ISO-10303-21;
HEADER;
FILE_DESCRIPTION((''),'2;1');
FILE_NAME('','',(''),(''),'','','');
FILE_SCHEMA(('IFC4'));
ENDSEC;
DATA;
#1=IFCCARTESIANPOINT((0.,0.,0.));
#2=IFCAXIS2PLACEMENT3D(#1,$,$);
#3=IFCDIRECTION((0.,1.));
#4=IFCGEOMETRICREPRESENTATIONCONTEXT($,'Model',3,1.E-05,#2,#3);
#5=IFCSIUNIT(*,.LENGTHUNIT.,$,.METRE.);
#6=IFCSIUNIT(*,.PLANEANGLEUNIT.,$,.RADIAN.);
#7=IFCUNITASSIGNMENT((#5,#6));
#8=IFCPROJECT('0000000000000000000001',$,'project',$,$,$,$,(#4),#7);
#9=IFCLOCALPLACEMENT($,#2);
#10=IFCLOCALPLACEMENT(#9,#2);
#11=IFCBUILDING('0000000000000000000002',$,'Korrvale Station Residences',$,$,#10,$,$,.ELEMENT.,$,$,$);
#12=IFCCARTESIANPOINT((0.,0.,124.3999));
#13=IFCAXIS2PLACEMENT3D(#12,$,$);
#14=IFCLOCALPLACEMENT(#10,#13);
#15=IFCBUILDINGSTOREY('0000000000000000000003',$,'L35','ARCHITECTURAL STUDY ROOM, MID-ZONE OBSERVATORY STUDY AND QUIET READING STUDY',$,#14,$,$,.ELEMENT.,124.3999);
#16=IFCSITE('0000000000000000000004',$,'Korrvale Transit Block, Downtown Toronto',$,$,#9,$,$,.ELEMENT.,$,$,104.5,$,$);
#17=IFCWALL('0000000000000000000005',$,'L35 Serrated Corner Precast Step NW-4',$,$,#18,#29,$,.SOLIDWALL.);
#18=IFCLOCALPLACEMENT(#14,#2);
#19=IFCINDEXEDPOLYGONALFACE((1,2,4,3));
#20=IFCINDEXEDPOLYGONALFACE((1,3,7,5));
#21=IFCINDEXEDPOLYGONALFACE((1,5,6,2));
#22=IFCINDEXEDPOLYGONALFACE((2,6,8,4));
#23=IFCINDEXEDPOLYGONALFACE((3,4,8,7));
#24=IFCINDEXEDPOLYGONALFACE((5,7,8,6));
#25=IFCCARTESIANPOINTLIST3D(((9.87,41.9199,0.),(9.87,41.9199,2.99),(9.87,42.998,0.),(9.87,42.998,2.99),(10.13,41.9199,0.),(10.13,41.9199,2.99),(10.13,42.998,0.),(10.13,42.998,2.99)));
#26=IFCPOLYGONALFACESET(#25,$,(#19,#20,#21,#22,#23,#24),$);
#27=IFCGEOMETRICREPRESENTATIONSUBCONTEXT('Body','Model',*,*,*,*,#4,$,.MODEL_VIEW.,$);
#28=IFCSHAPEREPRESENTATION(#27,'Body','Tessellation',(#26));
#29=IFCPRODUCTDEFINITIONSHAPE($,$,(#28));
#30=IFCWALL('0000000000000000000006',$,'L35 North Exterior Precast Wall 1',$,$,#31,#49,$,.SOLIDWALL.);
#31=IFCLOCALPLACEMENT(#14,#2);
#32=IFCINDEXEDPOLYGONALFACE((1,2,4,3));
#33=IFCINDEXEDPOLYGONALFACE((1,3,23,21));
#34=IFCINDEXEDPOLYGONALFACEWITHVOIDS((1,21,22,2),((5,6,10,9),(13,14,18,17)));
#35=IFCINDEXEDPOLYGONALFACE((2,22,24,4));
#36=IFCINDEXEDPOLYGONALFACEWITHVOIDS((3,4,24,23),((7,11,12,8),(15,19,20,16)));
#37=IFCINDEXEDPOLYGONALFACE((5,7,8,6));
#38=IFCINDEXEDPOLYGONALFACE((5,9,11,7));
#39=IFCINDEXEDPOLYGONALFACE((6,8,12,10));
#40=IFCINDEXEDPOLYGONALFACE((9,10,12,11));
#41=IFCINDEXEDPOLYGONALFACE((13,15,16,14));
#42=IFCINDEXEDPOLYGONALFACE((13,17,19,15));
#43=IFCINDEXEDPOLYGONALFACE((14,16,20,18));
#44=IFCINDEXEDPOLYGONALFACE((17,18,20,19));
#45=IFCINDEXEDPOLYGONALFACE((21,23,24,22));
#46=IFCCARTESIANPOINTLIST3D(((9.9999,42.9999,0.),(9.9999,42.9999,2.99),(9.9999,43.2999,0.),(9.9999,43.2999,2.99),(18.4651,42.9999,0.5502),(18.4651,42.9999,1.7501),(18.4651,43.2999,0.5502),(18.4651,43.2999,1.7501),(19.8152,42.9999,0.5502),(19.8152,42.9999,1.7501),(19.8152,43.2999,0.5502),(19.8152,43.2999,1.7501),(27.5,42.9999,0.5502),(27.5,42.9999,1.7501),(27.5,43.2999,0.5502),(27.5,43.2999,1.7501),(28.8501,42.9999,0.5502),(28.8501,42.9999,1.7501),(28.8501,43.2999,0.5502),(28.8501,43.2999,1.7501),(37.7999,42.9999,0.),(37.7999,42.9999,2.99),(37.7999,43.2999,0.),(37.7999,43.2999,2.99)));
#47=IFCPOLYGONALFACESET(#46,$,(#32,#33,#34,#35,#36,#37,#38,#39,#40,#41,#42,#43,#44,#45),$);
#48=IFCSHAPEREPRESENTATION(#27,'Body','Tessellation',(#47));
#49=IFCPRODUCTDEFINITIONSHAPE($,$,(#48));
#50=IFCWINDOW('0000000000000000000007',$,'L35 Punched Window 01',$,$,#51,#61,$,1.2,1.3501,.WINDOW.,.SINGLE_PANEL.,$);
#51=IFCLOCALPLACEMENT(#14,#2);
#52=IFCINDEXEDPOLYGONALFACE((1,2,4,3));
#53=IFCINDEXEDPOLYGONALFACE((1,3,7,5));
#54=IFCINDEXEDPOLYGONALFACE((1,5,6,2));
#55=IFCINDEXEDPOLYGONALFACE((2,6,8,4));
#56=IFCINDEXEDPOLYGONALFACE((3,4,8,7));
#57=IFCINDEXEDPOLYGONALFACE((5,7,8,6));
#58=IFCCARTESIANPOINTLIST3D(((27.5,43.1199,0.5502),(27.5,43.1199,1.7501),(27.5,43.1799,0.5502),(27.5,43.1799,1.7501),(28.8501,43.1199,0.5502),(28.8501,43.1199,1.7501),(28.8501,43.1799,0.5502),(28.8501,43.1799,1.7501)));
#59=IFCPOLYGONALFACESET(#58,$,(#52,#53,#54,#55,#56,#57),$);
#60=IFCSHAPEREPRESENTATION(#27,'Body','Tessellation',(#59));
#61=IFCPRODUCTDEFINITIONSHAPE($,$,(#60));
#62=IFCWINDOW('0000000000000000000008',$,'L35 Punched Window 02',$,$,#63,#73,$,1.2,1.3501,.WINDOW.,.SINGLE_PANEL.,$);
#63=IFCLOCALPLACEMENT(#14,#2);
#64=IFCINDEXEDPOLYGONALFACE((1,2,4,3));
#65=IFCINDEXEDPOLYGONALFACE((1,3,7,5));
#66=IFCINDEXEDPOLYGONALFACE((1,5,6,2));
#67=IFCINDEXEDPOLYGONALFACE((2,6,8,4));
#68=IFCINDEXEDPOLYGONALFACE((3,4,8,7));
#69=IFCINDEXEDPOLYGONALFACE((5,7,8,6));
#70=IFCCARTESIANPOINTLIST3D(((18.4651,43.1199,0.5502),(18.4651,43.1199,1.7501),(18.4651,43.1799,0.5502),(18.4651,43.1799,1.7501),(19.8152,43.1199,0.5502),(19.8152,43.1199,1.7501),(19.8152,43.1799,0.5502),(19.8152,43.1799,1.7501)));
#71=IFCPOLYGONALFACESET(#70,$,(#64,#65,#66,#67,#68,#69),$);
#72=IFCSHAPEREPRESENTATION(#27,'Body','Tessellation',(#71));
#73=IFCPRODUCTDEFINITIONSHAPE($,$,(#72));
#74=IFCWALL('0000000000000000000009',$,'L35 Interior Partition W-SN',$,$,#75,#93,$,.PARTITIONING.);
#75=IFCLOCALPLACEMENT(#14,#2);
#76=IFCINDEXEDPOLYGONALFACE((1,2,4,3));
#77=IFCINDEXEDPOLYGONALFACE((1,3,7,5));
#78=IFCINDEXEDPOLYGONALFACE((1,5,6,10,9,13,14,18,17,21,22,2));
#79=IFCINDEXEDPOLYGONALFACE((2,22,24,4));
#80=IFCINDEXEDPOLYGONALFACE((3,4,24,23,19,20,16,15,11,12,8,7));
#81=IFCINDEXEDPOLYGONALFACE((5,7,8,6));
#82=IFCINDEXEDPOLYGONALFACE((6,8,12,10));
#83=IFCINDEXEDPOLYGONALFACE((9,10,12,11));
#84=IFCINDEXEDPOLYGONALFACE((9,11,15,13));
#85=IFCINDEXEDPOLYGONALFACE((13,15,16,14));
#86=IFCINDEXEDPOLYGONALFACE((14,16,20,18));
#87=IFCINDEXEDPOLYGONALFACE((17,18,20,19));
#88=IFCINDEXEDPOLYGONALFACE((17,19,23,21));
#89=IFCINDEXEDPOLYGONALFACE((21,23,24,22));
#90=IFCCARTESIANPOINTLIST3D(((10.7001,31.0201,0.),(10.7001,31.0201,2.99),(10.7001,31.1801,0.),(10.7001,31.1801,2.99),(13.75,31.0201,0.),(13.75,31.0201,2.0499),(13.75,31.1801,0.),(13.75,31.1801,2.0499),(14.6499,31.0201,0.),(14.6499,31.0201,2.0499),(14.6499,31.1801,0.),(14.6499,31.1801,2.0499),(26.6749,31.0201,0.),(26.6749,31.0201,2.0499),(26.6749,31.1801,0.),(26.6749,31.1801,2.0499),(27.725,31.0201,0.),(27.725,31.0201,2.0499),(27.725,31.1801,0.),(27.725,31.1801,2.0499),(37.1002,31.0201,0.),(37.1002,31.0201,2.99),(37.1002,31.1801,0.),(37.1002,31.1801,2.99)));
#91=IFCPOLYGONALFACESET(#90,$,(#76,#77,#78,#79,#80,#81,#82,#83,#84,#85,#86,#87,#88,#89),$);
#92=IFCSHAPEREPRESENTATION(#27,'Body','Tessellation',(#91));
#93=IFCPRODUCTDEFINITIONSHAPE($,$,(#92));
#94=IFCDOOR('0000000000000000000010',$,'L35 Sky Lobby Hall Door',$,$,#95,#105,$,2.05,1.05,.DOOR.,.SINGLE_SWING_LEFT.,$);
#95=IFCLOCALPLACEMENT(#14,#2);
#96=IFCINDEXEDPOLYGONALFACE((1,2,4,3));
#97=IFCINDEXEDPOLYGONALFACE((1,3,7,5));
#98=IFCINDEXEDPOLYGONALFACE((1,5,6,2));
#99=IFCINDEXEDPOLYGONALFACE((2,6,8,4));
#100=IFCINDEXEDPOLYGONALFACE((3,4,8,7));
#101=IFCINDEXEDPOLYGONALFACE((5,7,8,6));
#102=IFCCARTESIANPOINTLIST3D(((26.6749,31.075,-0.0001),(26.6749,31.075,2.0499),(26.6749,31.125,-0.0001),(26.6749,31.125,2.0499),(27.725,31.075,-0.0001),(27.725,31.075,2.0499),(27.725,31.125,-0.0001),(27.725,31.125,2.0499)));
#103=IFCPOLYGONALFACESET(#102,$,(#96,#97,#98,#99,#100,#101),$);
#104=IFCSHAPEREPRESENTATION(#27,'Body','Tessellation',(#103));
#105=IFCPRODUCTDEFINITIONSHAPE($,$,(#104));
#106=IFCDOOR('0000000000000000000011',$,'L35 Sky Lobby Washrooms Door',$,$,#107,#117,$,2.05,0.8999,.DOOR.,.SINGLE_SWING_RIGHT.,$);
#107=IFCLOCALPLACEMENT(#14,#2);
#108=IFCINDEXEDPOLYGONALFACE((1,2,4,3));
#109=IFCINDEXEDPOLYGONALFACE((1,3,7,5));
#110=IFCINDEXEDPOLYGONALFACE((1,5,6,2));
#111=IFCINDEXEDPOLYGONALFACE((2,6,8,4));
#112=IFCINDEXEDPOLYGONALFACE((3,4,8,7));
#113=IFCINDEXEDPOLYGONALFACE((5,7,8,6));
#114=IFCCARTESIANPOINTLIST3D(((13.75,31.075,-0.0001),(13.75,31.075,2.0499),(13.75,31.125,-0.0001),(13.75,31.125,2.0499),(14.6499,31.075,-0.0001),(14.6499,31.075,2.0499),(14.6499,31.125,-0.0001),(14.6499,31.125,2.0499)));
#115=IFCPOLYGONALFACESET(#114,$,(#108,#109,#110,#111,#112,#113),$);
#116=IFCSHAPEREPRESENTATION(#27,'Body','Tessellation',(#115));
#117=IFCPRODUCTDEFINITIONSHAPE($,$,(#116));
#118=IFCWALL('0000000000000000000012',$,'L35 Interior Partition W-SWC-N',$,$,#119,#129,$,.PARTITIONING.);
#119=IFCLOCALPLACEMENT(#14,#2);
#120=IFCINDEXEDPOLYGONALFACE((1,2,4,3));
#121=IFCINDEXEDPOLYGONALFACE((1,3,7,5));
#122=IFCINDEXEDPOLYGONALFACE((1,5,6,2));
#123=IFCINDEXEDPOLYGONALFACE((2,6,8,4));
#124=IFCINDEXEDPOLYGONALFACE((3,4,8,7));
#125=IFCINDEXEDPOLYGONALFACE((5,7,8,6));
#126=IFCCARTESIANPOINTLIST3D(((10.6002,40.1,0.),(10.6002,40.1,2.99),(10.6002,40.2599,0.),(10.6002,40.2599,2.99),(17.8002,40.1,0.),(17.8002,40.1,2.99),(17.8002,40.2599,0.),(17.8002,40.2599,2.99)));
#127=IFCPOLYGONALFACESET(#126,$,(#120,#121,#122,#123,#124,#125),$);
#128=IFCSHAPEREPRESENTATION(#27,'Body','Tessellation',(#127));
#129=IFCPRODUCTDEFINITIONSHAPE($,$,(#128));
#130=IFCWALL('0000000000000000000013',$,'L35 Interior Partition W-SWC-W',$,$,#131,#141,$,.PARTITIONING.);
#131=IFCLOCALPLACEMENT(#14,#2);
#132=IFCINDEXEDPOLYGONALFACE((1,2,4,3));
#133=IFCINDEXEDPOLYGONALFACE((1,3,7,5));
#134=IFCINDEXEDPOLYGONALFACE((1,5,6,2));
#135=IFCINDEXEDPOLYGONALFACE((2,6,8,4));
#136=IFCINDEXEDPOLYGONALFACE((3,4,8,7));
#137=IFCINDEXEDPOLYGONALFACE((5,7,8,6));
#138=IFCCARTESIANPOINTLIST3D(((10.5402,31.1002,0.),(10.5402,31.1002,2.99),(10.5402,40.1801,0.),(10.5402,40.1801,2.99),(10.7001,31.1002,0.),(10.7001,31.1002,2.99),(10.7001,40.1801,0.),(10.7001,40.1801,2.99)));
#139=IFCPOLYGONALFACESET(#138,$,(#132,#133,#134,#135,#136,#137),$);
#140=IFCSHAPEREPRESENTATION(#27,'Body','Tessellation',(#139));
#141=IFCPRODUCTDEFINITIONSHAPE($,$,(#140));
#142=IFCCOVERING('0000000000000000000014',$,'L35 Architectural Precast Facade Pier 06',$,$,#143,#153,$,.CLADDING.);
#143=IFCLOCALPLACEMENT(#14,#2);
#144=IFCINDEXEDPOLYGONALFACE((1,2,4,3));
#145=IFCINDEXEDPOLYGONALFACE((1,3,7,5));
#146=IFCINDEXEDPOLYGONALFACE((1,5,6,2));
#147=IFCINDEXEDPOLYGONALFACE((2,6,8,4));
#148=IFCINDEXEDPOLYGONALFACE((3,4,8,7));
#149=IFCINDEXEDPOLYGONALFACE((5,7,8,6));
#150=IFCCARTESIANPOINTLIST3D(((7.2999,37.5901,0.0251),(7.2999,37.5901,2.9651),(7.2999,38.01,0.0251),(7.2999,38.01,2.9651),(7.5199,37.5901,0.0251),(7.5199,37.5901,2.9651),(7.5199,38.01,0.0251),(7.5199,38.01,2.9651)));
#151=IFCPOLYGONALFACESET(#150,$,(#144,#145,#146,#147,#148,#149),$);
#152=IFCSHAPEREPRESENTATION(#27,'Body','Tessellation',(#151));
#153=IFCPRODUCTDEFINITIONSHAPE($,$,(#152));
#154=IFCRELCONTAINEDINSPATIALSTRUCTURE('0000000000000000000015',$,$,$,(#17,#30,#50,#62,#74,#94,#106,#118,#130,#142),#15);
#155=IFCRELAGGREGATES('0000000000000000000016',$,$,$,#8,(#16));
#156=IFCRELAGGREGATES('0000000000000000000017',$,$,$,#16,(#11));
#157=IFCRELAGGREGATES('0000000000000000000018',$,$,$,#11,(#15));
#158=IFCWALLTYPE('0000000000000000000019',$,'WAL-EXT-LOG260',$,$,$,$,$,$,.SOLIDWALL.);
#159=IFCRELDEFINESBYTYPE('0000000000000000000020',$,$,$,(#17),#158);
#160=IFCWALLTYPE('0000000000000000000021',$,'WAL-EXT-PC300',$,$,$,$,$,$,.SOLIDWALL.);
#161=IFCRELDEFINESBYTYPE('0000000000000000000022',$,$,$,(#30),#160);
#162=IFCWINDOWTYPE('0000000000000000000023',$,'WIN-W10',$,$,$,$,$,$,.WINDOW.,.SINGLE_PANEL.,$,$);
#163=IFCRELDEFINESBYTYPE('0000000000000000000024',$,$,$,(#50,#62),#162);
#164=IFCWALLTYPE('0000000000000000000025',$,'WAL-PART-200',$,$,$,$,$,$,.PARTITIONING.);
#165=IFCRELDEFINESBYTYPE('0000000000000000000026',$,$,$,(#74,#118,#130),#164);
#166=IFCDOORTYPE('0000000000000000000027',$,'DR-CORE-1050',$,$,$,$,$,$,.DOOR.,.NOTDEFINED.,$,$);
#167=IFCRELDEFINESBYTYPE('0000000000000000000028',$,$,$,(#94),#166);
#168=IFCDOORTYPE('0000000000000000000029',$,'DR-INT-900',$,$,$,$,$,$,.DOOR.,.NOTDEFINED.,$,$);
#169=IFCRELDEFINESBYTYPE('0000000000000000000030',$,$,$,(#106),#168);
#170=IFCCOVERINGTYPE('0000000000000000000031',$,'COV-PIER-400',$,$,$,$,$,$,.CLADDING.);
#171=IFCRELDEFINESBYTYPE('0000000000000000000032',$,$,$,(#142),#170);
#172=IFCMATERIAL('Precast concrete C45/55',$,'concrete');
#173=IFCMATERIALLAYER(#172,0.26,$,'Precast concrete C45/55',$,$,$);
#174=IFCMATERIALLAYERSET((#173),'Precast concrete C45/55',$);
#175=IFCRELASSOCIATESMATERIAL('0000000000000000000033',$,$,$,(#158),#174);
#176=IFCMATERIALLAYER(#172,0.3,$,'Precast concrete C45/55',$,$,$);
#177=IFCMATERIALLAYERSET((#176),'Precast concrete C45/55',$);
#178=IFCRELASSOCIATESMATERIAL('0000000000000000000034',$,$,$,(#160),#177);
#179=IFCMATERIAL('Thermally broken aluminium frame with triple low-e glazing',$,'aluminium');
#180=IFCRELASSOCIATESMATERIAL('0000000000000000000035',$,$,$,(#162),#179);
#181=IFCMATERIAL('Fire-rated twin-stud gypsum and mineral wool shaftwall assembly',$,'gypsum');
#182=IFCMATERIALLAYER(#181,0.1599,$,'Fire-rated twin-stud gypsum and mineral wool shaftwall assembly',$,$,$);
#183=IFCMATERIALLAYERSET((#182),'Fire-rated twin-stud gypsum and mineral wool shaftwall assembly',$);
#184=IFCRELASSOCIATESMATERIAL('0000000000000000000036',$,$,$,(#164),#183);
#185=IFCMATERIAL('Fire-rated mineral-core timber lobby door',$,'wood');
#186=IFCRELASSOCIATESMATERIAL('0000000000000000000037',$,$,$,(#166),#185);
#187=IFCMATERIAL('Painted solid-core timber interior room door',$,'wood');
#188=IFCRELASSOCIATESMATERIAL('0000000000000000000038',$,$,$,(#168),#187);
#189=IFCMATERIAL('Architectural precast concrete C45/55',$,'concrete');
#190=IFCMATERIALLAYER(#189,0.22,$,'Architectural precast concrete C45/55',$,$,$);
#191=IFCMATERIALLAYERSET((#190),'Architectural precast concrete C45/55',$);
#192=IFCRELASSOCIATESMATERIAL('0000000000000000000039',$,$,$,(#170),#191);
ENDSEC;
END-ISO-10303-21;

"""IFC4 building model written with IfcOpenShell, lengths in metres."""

from ifc_helpers import new_model, si_unit, direction, frame, frame_2d, origin, origin_2d, place, context, subcontext, project, spatial, rectangle, extrude, material, layer, layer_set, type_object, element, fill, save


model = new_model("IFC4")

# Units and contexts
model_context = context("Model", 3, precision=1e-05, world=origin(), true_north=direction((0.0, 1.0)))
body_context = subcontext(model_context, "Body", "Model", "MODEL_VIEW")
ifc_project = project(units=[si_unit("LENGTHUNIT", "METRE"), si_unit("PLANEANGLEUNIT", "RADIAN")], contexts=[model_context])

# Site, building, storey
site_placement = place(None, origin())
site = spatial("IfcSite", under=ifc_project, at=site_placement, Name="Korrvale Transit Block, Downtown Toronto", CompositionType="ELEMENT", RefElevation=104.5)
building_placement = place(site_placement, origin())
building = spatial("IfcBuilding", under=site, at=building_placement, Name="Korrvale Station Residences", CompositionType="ELEMENT")
storey_placement = place(building_placement, frame((0.0, 0.0, 124.3999)))
storey = spatial("IfcBuildingStorey", under=building, at=storey_placement, Name="L35", Description="ARCHITECTURAL STUDY ROOM, MID-ZONE OBSERVATORY STUDY AND QUIET READING STUDY", CompositionType="ELEMENT", Elevation=124.3999)

# Wall
ifc_material_1 = material(Name="Precast concrete C45/55", Category="concrete")
ifc_layer_1 = layer(ifc_material_1, 0.26, Name="Precast concrete C45/55")
ifc_layer_set_1 = layer_set([ifc_layer_1], Name="Precast concrete C45/55")
wall_type_1 = type_object("IfcWallType", Name="WAL-EXT-LOG260", PredefinedType="SOLIDWALL", material=ifc_layer_set_1)
wall_1_placement = place(storey_placement, frame((10.0, 41.9199, 0.0), z_axis=(0.0, 0.0, 1.0), x_axis=(0.0, 1.0, 0.0)))
element("IfcWall", 1, at=wall_1_placement, inside=storey, type_object=wall_type_1, Name="L35 Serrated Corner Precast Step NW-4", PredefinedType="SOLIDWALL", context=body_context, shape_type="SweptSolid", body=[
    extrude(rectangle(XDim=1.0781, YDim=0.26, at=frame_2d((0.5391, 0.0))), origin(), (0.0, 0.0, 1.0), 2.99),
])

# Wall, openings, windows
ifc_layer_2 = layer(ifc_material_1, 0.3, Name="Precast concrete C45/55")
ifc_layer_set_2 = layer_set([ifc_layer_2], Name="Precast concrete C45/55")
wall_type_2 = type_object("IfcWallType", Name="WAL-EXT-PC300", PredefinedType="SOLIDWALL", material=ifc_layer_set_2)
wall_2_placement = place(storey_placement, frame((10.0, 43.1499, 0.0), z_axis=(0.0, 0.0, 1.0), x_axis=(1.0, 0.0, 0.0)))
wall_2 = element("IfcWall", 2, at=wall_2_placement, inside=storey, type_object=wall_type_2, Name="L35 North Exterior Precast Wall 1", PredefinedType="SOLIDWALL", context=body_context, shape_type="SweptSolid", body=[
    extrude(rectangle(XDim=27.8, YDim=0.3, at=frame_2d((13.8999, 0.0))), origin(), (0.0, 0.0, 1.0), 2.99),
])
opening_1_placement = place(wall_2_placement, frame((17.5, 0.0, 0.55)))
opening_1 = element("IfcOpeningElement", 3, at=opening_1_placement, cuts=wall_2, PredefinedType="OPENING", context=body_context, shape_type="SweptSolid", body=[
    extrude(rectangle(XDim=1.3501, YDim=1.2, at=frame_2d((0.675, 0.6001))), frame((0.0, 0.1602, 0.0), z_axis=(0.0, -1.0, 0.0), x_axis=(1.0, 0.0, 0.0)), (0.0, 0.0, 1.0), 0.3201),
])
opening_2_placement = place(wall_2_placement, frame((8.4651, 0.0, 0.55)))
opening_2 = element("IfcOpeningElement", 4, at=opening_2_placement, cuts=wall_2, PredefinedType="OPENING", context=body_context, shape_type="SweptSolid", body=[
    extrude(rectangle(XDim=1.3501, YDim=1.2, at=frame_2d((0.675, 0.6001))), frame((0.0, 0.1602, 0.0), z_axis=(0.0, -1.0, 0.0), x_axis=(1.0, 0.0, 0.0)), (0.0, 0.0, 1.0), 0.3201),
])
ifc_material_2 = material(Name="Thermally broken aluminium frame with triple low-e glazing", Category="aluminium")
window_type = type_object("IfcWindowType", Name="WIN-W10", PartitioningType="SINGLE_PANEL", PredefinedType="WINDOW", material=ifc_material_2)
window_1_placement = place(opening_1_placement, origin())
window_1 = element("IfcWindow", 5, at=window_1_placement, inside=storey, type_object=window_type, Name="L35 Punched Window 01", OverallHeight=1.2, OverallWidth=1.3501, PartitioningType="SINGLE_PANEL", PredefinedType="WINDOW", context=body_context, shape_type="SweptSolid", body=[
    extrude(rectangle(XDim=1.3501, YDim=1.2, at=frame_2d((0.675, 0.6001))), frame((0.0, 0.03, 0.0), z_axis=(0.0, -1.0, 0.0), x_axis=(1.0, 0.0, 0.0)), (0.0, 0.0, 1.0), 0.0601),
])
fill(opening_1, window_1)
window_2_placement = place(opening_2_placement, origin())
window_2 = element("IfcWindow", 6, at=window_2_placement, inside=storey, type_object=window_type, Name="L35 Punched Window 02", OverallHeight=1.2, OverallWidth=1.3501, PartitioningType="SINGLE_PANEL", PredefinedType="WINDOW", context=body_context, shape_type="SweptSolid", body=[
    extrude(rectangle(XDim=1.3501, YDim=1.2, at=frame_2d((0.675, 0.6001))), frame((0.0, 0.03, 0.0), z_axis=(0.0, -1.0, 0.0), x_axis=(1.0, 0.0, 0.0)), (0.0, 0.0, 1.0), 0.0601),
])
fill(opening_2, window_2)

# Wall, openings, doors
ifc_material_3 = material(Name="Fire-rated twin-stud gypsum and mineral wool shaftwall assembly", Category="gypsum")
ifc_layer_3 = layer(ifc_material_3, 0.1599, Name="Fire-rated twin-stud gypsum and mineral wool shaftwall assembly")
ifc_layer_set_3 = layer_set([ifc_layer_3], Name="Fire-rated twin-stud gypsum and mineral wool shaftwall assembly")
wall_type_3 = type_object("IfcWallType", Name="WAL-PART-200", PredefinedType="PARTITIONING", material=ifc_layer_set_3)
wall_3_placement = place(storey_placement, frame((10.7, 31.1001, 0.0), z_axis=(0.0, 0.0, 1.0), x_axis=(1.0, 0.0, 0.0)))
wall_3 = element("IfcWall", 7, at=wall_3_placement, inside=storey, type_object=wall_type_3, Name="L35 Interior Partition W-SN", PredefinedType="PARTITIONING", context=body_context, shape_type="SweptSolid", body=[
    extrude(rectangle(XDim=26.4001, YDim=0.1599, at=frame_2d((13.2002, 0.0))), origin(), (0.0, 0.0, 1.0), 2.99),
])
opening_3_placement = place(wall_3_placement, frame((3.05, 0.0, 0.0)))
opening_3 = element("IfcOpeningElement", 8, at=opening_3_placement, cuts=wall_3, PredefinedType="OPENING", context=body_context, shape_type="SweptSolid", body=[
    extrude(rectangle(XDim=0.8999, YDim=2.05, at=frame_2d((0.45, 1.0249))), frame((0.0, 0.0898, 0.0), z_axis=(0.0, -1.0, 0.0), x_axis=(1.0, 0.0, 0.0)), (0.0, 0.0, 1.0), 0.1799),
])
opening_4_placement = place(wall_3_placement, frame((15.9751, 0.0, 0.0)))
opening_4 = element("IfcOpeningElement", 9, at=opening_4_placement, cuts=wall_3, PredefinedType="OPENING", context=body_context, shape_type="SweptSolid", body=[
    extrude(rectangle(XDim=1.05, YDim=2.05, at=frame_2d((0.5249, 1.0249))), frame((0.0, 0.0898, 0.0), z_axis=(0.0, -1.0, 0.0), x_axis=(1.0, 0.0, 0.0)), (0.0, 0.0, 1.0), 0.1799),
])
ifc_material_4 = material(Name="Fire-rated mineral-core timber lobby door", Category="wood")
door_type_1 = type_object("IfcDoorType", Name="DR-CORE-1050", OperationType="NOTDEFINED", PredefinedType="DOOR", material=ifc_material_4)
door_1_placement = place(opening_4_placement, origin())
door_1 = element("IfcDoor", 10, at=door_1_placement, inside=storey, type_object=door_type_1, Name="L35 Sky Lobby Hall Door", OperationType="SINGLE_SWING_LEFT", OverallHeight=2.05, OverallWidth=1.05, PredefinedType="DOOR", context=body_context, shape_type="SweptSolid", body=[
    extrude(rectangle(XDim=1.05, YDim=2.05, at=frame_2d((0.5249, 1.0249))), frame((0.0, 0.0249, 0.0), z_axis=(0.0, -1.0, 0.0), x_axis=(1.0, 0.0, 0.0)), (0.0, 0.0, 1.0), 0.05),
])
fill(opening_4, door_1)
ifc_material_5 = material(Name="Painted solid-core timber interior room door", Category="wood")
door_type_2 = type_object("IfcDoorType", Name="DR-INT-900", OperationType="NOTDEFINED", PredefinedType="DOOR", material=ifc_material_5)
door_2_placement = place(opening_3_placement, origin())
door_2 = element("IfcDoor", 11, at=door_2_placement, inside=storey, type_object=door_type_2, Name="L35 Sky Lobby Washrooms Door", OperationType="SINGLE_SWING_RIGHT", OverallHeight=2.05, OverallWidth=0.8999, PredefinedType="DOOR", context=body_context, shape_type="SweptSolid", body=[
    extrude(rectangle(XDim=0.8999, YDim=2.05, at=frame_2d((0.45, 1.0249))), frame((0.0, 0.0249, 0.0), z_axis=(0.0, -1.0, 0.0), x_axis=(1.0, 0.0, 0.0)), (0.0, 0.0, 1.0), 0.05),
])
fill(opening_3, door_2)

# Walls
wall_4_placement = place(storey_placement, frame((10.6001, 40.1799, 0.0), z_axis=(0.0, 0.0, 1.0), x_axis=(1.0, 0.0, 0.0)))
element("IfcWall", 12, at=wall_4_placement, inside=storey, type_object=wall_type_3, Name="L35 Interior Partition W-SWC-N", PredefinedType="PARTITIONING", context=body_context, shape_type="SweptSolid", body=[
    extrude(rectangle(XDim=7.2, YDim=0.1599, at=frame_2d((3.6001, 0.0))), origin(), (0.0, 0.0, 1.0), 2.99),
])
wall_5_placement = place(storey_placement, frame((10.6201, 31.1001, 0.0), z_axis=(0.0, 0.0, 1.0), x_axis=(0.0, 1.0, 0.0)))
element("IfcWall", 13, at=wall_5_placement, inside=storey, type_object=wall_type_3, Name="L35 Interior Partition W-SWC-W", PredefinedType="PARTITIONING", context=body_context, shape_type="SweptSolid", body=[
    extrude(rectangle(XDim=9.0798, YDim=0.1599, at=frame_2d((4.54, 0.0))), origin(), (0.0, 0.0, 1.0), 2.99),
])

# Covering
ifc_material_6 = material(Name="Architectural precast concrete C45/55", Category="concrete")
ifc_layer_4 = layer(ifc_material_6, 0.22, Name="Architectural precast concrete C45/55")
ifc_layer_set_4 = layer_set([ifc_layer_4], Name="Architectural precast concrete C45/55")
covering_type = type_object("IfcCoveringType", Name="COV-PIER-400", PredefinedType="CLADDING", material=ifc_layer_set_4)
covering_placement = place(storey_placement, frame((7.4099, 37.8, 0.0251), z_axis=(0.0, 0.0, 1.0), x_axis=(0.0, 1.0, 0.0)))
element("IfcCovering", 14, at=covering_placement, inside=storey, type_object=covering_type, Name="L35 Architectural Precast Facade Pier 06", PredefinedType="CLADDING", context=body_context, shape_type="SweptSolid", body=[
    extrude(rectangle(XDim=0.4199, YDim=0.22, at=origin_2d()), origin(), (0.0, 0.0, 1.0), 2.9399),
])

save(model, "model.ifc")
